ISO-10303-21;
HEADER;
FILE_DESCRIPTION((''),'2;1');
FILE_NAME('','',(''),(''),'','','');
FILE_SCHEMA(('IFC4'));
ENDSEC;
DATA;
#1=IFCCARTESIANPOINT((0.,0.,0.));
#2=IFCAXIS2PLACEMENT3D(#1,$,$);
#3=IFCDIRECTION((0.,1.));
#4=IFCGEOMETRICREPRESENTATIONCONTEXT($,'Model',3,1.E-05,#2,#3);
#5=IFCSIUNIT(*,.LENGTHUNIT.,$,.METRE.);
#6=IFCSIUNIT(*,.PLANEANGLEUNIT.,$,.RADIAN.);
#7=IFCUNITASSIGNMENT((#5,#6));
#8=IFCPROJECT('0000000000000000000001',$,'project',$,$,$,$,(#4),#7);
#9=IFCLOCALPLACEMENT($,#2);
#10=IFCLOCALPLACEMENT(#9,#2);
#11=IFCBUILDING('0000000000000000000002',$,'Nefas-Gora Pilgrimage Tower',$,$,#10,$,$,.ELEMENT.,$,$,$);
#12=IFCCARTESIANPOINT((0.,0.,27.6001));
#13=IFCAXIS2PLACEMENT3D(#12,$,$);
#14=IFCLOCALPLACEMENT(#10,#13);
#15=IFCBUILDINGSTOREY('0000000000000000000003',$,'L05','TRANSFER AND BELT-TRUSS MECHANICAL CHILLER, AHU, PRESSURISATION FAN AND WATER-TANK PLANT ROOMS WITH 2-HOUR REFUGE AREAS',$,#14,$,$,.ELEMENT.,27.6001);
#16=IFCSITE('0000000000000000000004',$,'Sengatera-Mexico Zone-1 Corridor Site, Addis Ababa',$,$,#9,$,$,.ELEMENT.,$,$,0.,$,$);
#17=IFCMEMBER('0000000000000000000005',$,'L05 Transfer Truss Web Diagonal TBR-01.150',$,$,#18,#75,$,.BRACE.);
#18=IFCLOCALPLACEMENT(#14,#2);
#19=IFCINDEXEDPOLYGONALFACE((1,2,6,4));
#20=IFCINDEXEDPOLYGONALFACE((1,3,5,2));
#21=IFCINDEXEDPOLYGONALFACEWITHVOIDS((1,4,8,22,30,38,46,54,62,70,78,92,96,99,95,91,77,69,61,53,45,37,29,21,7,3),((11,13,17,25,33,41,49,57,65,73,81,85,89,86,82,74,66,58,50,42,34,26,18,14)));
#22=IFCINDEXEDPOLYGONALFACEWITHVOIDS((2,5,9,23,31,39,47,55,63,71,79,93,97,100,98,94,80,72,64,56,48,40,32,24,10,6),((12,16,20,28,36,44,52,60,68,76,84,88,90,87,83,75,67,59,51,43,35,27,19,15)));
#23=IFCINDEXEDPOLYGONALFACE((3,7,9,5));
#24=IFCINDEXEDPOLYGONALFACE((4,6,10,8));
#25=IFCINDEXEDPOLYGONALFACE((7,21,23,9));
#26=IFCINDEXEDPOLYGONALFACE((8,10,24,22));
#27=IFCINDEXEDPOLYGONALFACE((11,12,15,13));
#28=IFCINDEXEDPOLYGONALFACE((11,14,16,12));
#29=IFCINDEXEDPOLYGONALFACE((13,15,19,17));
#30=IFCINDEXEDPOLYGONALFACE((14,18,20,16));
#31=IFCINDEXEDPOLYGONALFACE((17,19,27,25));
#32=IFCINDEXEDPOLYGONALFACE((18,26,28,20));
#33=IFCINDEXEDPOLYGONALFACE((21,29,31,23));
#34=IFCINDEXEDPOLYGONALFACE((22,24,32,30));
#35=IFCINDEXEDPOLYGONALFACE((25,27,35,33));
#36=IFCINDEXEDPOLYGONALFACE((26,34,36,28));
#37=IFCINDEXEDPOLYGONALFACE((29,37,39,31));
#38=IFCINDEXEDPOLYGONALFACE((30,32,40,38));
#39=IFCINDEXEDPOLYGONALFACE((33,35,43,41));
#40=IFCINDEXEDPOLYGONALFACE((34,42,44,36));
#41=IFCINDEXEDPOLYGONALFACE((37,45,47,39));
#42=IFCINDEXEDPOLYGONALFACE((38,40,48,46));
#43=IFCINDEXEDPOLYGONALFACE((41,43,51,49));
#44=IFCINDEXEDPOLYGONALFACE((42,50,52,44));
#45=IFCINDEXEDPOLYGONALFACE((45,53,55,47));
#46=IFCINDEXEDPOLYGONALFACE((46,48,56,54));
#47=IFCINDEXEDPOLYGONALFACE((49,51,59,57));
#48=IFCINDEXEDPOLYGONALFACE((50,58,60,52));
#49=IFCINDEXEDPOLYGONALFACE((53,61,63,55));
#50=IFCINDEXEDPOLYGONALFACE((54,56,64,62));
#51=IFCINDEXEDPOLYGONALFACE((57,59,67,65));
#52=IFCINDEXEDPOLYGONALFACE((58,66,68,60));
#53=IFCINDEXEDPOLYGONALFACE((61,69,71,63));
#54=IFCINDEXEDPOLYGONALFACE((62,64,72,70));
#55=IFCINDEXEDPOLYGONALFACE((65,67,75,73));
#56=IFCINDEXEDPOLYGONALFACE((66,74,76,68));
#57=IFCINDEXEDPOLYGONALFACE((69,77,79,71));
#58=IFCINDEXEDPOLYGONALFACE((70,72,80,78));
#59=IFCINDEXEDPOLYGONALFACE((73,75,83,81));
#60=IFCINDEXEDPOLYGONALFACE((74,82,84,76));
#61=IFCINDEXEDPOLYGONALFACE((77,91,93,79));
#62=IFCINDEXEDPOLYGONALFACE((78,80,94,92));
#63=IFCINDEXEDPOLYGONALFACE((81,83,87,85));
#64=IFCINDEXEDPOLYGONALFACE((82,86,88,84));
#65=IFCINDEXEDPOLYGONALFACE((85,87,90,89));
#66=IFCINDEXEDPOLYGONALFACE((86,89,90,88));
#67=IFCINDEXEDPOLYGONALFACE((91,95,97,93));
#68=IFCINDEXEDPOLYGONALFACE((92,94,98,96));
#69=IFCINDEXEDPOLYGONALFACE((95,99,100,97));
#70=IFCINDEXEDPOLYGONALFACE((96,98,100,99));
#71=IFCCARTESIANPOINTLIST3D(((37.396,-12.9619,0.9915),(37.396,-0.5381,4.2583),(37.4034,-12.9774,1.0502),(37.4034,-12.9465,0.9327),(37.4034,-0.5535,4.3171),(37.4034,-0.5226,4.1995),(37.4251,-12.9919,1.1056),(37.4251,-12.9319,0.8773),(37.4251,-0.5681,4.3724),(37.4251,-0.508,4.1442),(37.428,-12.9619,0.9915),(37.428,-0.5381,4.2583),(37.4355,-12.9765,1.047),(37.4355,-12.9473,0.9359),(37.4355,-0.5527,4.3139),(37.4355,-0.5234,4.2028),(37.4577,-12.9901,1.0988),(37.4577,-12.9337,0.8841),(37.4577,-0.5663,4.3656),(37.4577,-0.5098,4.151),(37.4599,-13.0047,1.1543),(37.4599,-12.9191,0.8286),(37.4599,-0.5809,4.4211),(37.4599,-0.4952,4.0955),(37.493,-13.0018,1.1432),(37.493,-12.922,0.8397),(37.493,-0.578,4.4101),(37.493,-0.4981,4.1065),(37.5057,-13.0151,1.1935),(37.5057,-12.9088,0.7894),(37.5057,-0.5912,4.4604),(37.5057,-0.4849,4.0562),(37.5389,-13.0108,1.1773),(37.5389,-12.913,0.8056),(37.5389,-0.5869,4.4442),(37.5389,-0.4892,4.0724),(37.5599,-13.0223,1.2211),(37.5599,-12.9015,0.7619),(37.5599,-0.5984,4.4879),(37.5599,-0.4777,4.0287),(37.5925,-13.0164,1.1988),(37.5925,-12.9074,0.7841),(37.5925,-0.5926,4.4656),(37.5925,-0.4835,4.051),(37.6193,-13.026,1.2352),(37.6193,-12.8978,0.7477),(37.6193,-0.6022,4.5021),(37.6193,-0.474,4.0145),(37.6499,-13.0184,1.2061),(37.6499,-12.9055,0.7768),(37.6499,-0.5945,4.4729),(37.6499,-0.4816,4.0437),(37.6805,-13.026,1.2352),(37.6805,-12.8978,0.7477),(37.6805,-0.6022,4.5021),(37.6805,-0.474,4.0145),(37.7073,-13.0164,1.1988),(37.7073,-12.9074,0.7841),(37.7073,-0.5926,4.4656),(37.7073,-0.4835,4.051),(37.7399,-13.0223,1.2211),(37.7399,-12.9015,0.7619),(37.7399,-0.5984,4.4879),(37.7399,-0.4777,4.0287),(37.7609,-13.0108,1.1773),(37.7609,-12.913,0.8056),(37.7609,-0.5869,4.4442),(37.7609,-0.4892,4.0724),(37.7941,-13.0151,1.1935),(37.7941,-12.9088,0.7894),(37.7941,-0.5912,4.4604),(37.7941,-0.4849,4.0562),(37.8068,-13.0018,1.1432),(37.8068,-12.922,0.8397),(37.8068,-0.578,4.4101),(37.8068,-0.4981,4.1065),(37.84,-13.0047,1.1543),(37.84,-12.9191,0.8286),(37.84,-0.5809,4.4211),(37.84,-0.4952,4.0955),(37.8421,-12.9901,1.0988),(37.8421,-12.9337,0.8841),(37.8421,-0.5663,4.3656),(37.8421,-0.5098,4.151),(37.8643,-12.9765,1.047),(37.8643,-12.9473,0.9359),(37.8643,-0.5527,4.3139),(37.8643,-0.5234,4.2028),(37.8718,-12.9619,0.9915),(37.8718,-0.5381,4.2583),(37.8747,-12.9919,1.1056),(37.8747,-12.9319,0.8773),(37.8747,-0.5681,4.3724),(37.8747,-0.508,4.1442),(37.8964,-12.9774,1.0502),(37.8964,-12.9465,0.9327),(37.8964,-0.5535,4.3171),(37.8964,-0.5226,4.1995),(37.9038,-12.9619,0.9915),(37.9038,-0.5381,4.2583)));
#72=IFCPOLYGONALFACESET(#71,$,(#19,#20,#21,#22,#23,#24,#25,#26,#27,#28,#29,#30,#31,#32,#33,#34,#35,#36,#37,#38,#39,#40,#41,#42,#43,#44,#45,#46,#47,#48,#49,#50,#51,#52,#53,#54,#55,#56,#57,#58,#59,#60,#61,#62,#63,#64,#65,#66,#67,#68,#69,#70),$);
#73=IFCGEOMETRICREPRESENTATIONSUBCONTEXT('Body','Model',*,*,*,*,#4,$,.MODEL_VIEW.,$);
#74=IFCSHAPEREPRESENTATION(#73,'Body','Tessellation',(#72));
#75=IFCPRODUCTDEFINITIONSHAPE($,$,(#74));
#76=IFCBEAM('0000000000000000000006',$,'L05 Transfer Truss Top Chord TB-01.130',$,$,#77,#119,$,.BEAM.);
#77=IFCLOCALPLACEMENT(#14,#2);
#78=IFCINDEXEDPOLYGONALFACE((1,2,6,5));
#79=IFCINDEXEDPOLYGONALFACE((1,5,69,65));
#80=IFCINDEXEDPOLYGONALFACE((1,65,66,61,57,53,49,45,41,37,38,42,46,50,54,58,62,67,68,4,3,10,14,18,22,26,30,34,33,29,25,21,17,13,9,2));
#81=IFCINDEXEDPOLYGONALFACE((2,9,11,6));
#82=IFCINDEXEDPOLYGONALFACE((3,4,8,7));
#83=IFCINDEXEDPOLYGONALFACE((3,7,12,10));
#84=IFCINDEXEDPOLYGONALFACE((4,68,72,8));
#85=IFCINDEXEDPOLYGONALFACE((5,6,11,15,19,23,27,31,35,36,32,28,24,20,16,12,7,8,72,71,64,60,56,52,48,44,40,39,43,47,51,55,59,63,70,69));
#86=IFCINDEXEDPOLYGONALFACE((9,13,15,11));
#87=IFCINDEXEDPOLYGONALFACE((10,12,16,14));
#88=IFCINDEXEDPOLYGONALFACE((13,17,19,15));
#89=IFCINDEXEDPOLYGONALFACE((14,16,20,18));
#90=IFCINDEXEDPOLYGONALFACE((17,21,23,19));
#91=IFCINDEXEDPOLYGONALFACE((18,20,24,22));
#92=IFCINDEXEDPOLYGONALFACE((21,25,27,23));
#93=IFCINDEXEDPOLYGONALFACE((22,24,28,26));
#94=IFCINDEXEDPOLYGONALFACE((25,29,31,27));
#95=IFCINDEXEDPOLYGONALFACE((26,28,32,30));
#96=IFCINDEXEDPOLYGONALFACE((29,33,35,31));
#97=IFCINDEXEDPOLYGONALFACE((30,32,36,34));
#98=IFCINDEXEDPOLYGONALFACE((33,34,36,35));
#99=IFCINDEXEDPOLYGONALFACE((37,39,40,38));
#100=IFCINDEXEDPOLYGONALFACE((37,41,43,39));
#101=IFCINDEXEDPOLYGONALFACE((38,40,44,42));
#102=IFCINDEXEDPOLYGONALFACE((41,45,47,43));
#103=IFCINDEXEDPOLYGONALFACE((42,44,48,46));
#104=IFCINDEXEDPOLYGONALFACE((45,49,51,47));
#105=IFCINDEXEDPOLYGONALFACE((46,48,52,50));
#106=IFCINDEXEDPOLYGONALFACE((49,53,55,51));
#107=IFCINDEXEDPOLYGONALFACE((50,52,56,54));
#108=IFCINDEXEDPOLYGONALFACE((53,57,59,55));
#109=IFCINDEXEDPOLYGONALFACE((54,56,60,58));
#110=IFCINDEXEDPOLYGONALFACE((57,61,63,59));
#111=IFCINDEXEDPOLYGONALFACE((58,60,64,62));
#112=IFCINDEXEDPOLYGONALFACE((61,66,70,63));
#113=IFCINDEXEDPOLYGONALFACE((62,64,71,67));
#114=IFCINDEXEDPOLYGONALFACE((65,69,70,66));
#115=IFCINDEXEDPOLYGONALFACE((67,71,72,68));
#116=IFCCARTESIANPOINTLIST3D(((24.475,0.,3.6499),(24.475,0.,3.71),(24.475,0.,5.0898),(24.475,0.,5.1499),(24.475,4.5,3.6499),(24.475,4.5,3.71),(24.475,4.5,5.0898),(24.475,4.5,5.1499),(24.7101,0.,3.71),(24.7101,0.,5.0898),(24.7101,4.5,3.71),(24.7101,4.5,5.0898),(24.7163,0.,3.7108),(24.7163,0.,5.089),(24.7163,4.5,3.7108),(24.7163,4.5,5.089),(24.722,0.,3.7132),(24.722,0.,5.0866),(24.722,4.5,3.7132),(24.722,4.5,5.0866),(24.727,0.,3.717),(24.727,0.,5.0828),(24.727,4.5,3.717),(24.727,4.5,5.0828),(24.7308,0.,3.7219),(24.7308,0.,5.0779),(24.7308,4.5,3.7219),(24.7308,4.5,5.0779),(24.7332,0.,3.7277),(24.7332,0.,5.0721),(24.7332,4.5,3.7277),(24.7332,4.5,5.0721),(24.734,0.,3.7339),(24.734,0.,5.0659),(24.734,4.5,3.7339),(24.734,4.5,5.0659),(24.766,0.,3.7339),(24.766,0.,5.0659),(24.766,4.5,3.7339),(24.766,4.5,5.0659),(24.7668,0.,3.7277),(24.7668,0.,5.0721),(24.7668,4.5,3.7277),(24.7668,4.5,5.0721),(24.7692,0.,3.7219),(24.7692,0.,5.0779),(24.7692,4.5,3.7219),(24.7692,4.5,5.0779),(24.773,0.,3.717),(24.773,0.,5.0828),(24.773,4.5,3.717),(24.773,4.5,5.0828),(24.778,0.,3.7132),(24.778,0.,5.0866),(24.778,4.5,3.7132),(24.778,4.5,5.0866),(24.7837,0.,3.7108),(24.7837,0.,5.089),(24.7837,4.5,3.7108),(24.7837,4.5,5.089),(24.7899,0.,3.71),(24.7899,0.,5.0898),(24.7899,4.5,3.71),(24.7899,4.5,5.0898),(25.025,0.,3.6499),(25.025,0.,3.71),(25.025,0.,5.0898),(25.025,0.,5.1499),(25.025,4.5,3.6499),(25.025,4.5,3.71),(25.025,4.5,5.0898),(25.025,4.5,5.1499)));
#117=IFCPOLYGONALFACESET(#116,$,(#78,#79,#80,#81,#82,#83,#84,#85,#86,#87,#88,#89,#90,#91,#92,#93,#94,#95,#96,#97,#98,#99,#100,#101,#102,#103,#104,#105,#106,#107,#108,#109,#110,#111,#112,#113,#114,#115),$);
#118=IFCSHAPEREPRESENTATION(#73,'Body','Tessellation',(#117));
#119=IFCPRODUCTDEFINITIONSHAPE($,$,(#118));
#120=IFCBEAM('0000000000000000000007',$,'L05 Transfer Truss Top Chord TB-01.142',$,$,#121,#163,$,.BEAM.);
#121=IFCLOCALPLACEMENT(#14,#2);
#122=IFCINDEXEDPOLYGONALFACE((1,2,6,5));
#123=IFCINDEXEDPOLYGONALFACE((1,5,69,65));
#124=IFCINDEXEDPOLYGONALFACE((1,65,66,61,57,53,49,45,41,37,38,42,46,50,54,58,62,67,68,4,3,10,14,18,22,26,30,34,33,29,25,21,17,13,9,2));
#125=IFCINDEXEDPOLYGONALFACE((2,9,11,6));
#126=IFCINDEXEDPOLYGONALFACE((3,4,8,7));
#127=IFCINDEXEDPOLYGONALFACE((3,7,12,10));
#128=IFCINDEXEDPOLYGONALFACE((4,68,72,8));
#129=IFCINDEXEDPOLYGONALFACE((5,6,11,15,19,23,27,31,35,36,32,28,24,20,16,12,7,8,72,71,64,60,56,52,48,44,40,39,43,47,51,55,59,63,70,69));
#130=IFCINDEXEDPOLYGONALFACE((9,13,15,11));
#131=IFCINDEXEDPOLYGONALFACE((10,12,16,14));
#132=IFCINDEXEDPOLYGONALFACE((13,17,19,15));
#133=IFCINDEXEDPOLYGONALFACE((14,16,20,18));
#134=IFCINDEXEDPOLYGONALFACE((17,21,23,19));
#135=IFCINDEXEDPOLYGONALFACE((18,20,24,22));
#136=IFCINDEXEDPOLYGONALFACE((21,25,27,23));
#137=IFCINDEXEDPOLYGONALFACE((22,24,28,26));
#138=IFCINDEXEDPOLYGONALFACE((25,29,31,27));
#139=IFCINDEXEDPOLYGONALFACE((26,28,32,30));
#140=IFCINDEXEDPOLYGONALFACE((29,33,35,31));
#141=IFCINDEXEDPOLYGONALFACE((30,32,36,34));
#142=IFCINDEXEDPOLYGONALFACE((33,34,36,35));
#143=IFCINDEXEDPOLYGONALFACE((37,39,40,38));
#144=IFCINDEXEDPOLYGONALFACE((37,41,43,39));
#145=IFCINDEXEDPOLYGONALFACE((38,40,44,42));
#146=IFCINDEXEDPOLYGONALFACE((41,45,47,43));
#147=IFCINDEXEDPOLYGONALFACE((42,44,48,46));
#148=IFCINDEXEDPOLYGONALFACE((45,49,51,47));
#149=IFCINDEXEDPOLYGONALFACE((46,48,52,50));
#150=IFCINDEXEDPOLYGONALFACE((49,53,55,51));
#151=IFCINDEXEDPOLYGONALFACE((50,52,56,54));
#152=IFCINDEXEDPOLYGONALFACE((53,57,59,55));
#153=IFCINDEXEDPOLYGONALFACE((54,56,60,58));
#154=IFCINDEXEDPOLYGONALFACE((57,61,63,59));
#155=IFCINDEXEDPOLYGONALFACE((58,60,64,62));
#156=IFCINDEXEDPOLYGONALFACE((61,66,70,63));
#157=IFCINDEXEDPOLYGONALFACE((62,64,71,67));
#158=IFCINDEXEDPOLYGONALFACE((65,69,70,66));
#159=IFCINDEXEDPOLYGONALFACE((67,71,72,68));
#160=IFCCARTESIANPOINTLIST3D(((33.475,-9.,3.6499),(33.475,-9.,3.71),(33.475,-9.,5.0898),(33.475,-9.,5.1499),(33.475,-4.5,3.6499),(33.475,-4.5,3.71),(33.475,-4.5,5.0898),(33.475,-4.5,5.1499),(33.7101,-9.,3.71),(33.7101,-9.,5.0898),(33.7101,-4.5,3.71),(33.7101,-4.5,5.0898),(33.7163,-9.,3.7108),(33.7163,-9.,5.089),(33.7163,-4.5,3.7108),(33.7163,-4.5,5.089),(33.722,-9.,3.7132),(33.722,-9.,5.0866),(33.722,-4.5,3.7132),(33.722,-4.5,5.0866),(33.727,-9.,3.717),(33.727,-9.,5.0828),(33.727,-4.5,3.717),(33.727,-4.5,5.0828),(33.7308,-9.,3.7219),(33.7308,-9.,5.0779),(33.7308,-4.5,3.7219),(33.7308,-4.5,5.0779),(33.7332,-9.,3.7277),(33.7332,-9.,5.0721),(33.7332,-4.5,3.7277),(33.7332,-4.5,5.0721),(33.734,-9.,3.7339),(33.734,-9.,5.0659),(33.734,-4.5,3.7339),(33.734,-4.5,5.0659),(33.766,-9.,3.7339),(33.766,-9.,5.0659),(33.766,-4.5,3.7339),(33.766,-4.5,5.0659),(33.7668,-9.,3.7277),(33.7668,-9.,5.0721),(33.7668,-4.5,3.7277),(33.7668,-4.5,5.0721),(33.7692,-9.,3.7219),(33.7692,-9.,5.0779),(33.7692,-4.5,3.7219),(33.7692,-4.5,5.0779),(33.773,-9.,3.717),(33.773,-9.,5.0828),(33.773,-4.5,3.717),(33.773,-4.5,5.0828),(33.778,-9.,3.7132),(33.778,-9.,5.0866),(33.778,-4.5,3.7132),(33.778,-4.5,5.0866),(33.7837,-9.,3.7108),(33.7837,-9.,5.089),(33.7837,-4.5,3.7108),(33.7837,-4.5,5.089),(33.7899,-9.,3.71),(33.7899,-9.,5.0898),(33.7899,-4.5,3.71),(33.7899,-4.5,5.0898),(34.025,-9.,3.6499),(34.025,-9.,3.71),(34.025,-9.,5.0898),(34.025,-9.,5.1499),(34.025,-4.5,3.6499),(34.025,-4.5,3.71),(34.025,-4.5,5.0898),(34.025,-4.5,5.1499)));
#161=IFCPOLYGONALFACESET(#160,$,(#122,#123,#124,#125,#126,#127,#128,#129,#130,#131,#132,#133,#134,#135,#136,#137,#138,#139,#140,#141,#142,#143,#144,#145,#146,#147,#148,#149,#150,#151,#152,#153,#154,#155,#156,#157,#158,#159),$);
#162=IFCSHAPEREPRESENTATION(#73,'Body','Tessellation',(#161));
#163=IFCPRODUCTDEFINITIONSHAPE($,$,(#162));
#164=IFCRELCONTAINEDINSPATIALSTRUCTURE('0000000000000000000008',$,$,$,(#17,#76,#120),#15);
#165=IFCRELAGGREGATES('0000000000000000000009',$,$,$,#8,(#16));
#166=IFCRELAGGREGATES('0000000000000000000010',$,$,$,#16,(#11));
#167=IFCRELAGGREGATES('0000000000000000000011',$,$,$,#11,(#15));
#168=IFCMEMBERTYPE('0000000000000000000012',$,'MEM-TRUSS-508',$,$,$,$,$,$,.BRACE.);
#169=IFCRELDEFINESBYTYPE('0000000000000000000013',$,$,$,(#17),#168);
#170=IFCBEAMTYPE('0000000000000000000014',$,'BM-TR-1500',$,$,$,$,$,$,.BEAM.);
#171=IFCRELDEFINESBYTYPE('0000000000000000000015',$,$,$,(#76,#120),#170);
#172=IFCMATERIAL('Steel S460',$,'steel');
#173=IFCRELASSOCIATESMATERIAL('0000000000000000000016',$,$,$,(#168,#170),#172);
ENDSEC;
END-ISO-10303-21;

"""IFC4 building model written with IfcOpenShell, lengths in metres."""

from ifc_helpers import new_model, si_unit, direction, frame, origin, origin_2d, place, context, subcontext, project, spatial, hollow_circle, i_section, extrude, source, transform, mapped, material, material_profile, profile_set, type_object, element, save


model = new_model("IFC4")

# Units and contexts
model_context = context("Model", 3, precision=1e-05, world=origin(), true_north=direction((0.0, 1.0)))
body_context = subcontext(model_context, "Body", "Model", "MODEL_VIEW")
ifc_project = project(units=[si_unit("LENGTHUNIT", "METRE"), si_unit("PLANEANGLEUNIT", "RADIAN")], contexts=[model_context])

# Site, building, storey
site_placement = place(None, origin())
site = spatial("IfcSite", under=ifc_project, at=site_placement, Name="Sengatera-Mexico Zone-1 Corridor Site, Addis Ababa", CompositionType="ELEMENT", RefElevation=0.0)
building_placement = place(site_placement, origin())
building = spatial("IfcBuilding", under=site, at=building_placement, Name="Nefas-Gora Pilgrimage Tower", CompositionType="ELEMENT")
storey_placement = place(building_placement, frame((0.0, 0.0, 27.6001)))
storey = spatial("IfcBuildingStorey", under=building, at=storey_placement, Name="L05", Description="TRANSFER AND BELT-TRUSS MECHANICAL CHILLER, AHU, PRESSURISATION FAN AND WATER-TANK PLANT ROOMS WITH 2-HOUR REFUGE AREAS", CompositionType="ELEMENT", Elevation=27.6001)

# Shared definitions
ifc_material = material(Name="Steel S460", Category="steel")

# Member
ifc_material_profile_1 = material_profile(ifc_material, hollow_circle(Radius=0.2539, WallThickness=0.032, at=origin_2d()), Name="CHS 508x32")
ifc_profile_set_1 = profile_set([ifc_material_profile_1], Name="Steel S460")
member_type = type_object("IfcMemberType", Name="MEM-TRUSS-508", PredefinedType="BRACE", material=ifc_profile_set_1)
shared_shape_1 = source(origin(), body_context, "Body", "SweptSolid", [
    extrude(hollow_circle(Radius=0.2539, WallThickness=0.032, at=origin_2d()), origin(), (0.0, 0.0, 1.0), 12.8462),
])
member_1_placement = place(storey_placement, frame((37.6499, -12.9619, 0.9915), z_axis=(0.0, 0.967124, 0.254305), x_axis=(-1.0, 0.0, 0.0)))
element("IfcMember", 1, at=member_1_placement, inside=storey, type_object=member_type, Name="L05 Transfer Truss Web Diagonal TBR-01.150", PredefinedType="BRACE", context=body_context, shape_type="MappedRepresentation", body=[
    mapped(shared_shape_1, transform((0.0, 0.0, 0.0), x_axis=(1.0, 0.0, 0.0), y_axis=(0.0, 1.0, 0.0), z_axis=(0.0, 0.0, 1.0), scale=1.0)),
])

# Beams
ifc_material_profile_2 = material_profile(ifc_material, i_section(OverallWidth=0.55, OverallDepth=1.5, WebThickness=0.032, FlangeThickness=0.0601, FilletRadius=0.0239, at=origin_2d()), Name="WPG 1500x550x32x60")
ifc_profile_set_2 = profile_set([ifc_material_profile_2], Name="Steel S460")
beam_type_1 = type_object("IfcBeamType", Name="BM-TR-1500", PredefinedType="BEAM", material=ifc_profile_set_2)
shared_shape_2 = source(origin(), body_context, "Body", "SweptSolid", [
    extrude(i_section(OverallWidth=0.55, OverallDepth=1.5, WebThickness=0.032, FlangeThickness=0.0601, FilletRadius=0.0239, at=origin_2d()), origin(), (0.0, 0.0, 1.0), 4.5),
])
for number, where, z_axis, x_axis, name in (
    (2, (24.75, 0.0, 4.3999), (0.0, 1.0, 0.0), (-1.0, 0.0, 0.0), "L05 Transfer Truss Top Chord TB-01.130"),
    (3, (33.75, -9.0, 4.3999), (0.0, 1.0, 0.0), (-1.0, 0.0, 0.0), "L05 Transfer Truss Top Chord TB-01.142"),
):
    element("IfcBeam", number, at=place(storey_placement, frame(where, z_axis=z_axis, x_axis=x_axis)), inside=storey, type_object=beam_type_1, Name=name, PredefinedType="BEAM", context=body_context, shape_type="MappedRepresentation", body=[
        mapped(shared_shape_2, transform((0.0, 0.0, 0.0), x_axis=(1.0, 0.0, 0.0), y_axis=(0.0, 1.0, 0.0), z_axis=(0.0, 0.0, 1.0), scale=1.0)),
    ])

save(model, "model.ifc")
